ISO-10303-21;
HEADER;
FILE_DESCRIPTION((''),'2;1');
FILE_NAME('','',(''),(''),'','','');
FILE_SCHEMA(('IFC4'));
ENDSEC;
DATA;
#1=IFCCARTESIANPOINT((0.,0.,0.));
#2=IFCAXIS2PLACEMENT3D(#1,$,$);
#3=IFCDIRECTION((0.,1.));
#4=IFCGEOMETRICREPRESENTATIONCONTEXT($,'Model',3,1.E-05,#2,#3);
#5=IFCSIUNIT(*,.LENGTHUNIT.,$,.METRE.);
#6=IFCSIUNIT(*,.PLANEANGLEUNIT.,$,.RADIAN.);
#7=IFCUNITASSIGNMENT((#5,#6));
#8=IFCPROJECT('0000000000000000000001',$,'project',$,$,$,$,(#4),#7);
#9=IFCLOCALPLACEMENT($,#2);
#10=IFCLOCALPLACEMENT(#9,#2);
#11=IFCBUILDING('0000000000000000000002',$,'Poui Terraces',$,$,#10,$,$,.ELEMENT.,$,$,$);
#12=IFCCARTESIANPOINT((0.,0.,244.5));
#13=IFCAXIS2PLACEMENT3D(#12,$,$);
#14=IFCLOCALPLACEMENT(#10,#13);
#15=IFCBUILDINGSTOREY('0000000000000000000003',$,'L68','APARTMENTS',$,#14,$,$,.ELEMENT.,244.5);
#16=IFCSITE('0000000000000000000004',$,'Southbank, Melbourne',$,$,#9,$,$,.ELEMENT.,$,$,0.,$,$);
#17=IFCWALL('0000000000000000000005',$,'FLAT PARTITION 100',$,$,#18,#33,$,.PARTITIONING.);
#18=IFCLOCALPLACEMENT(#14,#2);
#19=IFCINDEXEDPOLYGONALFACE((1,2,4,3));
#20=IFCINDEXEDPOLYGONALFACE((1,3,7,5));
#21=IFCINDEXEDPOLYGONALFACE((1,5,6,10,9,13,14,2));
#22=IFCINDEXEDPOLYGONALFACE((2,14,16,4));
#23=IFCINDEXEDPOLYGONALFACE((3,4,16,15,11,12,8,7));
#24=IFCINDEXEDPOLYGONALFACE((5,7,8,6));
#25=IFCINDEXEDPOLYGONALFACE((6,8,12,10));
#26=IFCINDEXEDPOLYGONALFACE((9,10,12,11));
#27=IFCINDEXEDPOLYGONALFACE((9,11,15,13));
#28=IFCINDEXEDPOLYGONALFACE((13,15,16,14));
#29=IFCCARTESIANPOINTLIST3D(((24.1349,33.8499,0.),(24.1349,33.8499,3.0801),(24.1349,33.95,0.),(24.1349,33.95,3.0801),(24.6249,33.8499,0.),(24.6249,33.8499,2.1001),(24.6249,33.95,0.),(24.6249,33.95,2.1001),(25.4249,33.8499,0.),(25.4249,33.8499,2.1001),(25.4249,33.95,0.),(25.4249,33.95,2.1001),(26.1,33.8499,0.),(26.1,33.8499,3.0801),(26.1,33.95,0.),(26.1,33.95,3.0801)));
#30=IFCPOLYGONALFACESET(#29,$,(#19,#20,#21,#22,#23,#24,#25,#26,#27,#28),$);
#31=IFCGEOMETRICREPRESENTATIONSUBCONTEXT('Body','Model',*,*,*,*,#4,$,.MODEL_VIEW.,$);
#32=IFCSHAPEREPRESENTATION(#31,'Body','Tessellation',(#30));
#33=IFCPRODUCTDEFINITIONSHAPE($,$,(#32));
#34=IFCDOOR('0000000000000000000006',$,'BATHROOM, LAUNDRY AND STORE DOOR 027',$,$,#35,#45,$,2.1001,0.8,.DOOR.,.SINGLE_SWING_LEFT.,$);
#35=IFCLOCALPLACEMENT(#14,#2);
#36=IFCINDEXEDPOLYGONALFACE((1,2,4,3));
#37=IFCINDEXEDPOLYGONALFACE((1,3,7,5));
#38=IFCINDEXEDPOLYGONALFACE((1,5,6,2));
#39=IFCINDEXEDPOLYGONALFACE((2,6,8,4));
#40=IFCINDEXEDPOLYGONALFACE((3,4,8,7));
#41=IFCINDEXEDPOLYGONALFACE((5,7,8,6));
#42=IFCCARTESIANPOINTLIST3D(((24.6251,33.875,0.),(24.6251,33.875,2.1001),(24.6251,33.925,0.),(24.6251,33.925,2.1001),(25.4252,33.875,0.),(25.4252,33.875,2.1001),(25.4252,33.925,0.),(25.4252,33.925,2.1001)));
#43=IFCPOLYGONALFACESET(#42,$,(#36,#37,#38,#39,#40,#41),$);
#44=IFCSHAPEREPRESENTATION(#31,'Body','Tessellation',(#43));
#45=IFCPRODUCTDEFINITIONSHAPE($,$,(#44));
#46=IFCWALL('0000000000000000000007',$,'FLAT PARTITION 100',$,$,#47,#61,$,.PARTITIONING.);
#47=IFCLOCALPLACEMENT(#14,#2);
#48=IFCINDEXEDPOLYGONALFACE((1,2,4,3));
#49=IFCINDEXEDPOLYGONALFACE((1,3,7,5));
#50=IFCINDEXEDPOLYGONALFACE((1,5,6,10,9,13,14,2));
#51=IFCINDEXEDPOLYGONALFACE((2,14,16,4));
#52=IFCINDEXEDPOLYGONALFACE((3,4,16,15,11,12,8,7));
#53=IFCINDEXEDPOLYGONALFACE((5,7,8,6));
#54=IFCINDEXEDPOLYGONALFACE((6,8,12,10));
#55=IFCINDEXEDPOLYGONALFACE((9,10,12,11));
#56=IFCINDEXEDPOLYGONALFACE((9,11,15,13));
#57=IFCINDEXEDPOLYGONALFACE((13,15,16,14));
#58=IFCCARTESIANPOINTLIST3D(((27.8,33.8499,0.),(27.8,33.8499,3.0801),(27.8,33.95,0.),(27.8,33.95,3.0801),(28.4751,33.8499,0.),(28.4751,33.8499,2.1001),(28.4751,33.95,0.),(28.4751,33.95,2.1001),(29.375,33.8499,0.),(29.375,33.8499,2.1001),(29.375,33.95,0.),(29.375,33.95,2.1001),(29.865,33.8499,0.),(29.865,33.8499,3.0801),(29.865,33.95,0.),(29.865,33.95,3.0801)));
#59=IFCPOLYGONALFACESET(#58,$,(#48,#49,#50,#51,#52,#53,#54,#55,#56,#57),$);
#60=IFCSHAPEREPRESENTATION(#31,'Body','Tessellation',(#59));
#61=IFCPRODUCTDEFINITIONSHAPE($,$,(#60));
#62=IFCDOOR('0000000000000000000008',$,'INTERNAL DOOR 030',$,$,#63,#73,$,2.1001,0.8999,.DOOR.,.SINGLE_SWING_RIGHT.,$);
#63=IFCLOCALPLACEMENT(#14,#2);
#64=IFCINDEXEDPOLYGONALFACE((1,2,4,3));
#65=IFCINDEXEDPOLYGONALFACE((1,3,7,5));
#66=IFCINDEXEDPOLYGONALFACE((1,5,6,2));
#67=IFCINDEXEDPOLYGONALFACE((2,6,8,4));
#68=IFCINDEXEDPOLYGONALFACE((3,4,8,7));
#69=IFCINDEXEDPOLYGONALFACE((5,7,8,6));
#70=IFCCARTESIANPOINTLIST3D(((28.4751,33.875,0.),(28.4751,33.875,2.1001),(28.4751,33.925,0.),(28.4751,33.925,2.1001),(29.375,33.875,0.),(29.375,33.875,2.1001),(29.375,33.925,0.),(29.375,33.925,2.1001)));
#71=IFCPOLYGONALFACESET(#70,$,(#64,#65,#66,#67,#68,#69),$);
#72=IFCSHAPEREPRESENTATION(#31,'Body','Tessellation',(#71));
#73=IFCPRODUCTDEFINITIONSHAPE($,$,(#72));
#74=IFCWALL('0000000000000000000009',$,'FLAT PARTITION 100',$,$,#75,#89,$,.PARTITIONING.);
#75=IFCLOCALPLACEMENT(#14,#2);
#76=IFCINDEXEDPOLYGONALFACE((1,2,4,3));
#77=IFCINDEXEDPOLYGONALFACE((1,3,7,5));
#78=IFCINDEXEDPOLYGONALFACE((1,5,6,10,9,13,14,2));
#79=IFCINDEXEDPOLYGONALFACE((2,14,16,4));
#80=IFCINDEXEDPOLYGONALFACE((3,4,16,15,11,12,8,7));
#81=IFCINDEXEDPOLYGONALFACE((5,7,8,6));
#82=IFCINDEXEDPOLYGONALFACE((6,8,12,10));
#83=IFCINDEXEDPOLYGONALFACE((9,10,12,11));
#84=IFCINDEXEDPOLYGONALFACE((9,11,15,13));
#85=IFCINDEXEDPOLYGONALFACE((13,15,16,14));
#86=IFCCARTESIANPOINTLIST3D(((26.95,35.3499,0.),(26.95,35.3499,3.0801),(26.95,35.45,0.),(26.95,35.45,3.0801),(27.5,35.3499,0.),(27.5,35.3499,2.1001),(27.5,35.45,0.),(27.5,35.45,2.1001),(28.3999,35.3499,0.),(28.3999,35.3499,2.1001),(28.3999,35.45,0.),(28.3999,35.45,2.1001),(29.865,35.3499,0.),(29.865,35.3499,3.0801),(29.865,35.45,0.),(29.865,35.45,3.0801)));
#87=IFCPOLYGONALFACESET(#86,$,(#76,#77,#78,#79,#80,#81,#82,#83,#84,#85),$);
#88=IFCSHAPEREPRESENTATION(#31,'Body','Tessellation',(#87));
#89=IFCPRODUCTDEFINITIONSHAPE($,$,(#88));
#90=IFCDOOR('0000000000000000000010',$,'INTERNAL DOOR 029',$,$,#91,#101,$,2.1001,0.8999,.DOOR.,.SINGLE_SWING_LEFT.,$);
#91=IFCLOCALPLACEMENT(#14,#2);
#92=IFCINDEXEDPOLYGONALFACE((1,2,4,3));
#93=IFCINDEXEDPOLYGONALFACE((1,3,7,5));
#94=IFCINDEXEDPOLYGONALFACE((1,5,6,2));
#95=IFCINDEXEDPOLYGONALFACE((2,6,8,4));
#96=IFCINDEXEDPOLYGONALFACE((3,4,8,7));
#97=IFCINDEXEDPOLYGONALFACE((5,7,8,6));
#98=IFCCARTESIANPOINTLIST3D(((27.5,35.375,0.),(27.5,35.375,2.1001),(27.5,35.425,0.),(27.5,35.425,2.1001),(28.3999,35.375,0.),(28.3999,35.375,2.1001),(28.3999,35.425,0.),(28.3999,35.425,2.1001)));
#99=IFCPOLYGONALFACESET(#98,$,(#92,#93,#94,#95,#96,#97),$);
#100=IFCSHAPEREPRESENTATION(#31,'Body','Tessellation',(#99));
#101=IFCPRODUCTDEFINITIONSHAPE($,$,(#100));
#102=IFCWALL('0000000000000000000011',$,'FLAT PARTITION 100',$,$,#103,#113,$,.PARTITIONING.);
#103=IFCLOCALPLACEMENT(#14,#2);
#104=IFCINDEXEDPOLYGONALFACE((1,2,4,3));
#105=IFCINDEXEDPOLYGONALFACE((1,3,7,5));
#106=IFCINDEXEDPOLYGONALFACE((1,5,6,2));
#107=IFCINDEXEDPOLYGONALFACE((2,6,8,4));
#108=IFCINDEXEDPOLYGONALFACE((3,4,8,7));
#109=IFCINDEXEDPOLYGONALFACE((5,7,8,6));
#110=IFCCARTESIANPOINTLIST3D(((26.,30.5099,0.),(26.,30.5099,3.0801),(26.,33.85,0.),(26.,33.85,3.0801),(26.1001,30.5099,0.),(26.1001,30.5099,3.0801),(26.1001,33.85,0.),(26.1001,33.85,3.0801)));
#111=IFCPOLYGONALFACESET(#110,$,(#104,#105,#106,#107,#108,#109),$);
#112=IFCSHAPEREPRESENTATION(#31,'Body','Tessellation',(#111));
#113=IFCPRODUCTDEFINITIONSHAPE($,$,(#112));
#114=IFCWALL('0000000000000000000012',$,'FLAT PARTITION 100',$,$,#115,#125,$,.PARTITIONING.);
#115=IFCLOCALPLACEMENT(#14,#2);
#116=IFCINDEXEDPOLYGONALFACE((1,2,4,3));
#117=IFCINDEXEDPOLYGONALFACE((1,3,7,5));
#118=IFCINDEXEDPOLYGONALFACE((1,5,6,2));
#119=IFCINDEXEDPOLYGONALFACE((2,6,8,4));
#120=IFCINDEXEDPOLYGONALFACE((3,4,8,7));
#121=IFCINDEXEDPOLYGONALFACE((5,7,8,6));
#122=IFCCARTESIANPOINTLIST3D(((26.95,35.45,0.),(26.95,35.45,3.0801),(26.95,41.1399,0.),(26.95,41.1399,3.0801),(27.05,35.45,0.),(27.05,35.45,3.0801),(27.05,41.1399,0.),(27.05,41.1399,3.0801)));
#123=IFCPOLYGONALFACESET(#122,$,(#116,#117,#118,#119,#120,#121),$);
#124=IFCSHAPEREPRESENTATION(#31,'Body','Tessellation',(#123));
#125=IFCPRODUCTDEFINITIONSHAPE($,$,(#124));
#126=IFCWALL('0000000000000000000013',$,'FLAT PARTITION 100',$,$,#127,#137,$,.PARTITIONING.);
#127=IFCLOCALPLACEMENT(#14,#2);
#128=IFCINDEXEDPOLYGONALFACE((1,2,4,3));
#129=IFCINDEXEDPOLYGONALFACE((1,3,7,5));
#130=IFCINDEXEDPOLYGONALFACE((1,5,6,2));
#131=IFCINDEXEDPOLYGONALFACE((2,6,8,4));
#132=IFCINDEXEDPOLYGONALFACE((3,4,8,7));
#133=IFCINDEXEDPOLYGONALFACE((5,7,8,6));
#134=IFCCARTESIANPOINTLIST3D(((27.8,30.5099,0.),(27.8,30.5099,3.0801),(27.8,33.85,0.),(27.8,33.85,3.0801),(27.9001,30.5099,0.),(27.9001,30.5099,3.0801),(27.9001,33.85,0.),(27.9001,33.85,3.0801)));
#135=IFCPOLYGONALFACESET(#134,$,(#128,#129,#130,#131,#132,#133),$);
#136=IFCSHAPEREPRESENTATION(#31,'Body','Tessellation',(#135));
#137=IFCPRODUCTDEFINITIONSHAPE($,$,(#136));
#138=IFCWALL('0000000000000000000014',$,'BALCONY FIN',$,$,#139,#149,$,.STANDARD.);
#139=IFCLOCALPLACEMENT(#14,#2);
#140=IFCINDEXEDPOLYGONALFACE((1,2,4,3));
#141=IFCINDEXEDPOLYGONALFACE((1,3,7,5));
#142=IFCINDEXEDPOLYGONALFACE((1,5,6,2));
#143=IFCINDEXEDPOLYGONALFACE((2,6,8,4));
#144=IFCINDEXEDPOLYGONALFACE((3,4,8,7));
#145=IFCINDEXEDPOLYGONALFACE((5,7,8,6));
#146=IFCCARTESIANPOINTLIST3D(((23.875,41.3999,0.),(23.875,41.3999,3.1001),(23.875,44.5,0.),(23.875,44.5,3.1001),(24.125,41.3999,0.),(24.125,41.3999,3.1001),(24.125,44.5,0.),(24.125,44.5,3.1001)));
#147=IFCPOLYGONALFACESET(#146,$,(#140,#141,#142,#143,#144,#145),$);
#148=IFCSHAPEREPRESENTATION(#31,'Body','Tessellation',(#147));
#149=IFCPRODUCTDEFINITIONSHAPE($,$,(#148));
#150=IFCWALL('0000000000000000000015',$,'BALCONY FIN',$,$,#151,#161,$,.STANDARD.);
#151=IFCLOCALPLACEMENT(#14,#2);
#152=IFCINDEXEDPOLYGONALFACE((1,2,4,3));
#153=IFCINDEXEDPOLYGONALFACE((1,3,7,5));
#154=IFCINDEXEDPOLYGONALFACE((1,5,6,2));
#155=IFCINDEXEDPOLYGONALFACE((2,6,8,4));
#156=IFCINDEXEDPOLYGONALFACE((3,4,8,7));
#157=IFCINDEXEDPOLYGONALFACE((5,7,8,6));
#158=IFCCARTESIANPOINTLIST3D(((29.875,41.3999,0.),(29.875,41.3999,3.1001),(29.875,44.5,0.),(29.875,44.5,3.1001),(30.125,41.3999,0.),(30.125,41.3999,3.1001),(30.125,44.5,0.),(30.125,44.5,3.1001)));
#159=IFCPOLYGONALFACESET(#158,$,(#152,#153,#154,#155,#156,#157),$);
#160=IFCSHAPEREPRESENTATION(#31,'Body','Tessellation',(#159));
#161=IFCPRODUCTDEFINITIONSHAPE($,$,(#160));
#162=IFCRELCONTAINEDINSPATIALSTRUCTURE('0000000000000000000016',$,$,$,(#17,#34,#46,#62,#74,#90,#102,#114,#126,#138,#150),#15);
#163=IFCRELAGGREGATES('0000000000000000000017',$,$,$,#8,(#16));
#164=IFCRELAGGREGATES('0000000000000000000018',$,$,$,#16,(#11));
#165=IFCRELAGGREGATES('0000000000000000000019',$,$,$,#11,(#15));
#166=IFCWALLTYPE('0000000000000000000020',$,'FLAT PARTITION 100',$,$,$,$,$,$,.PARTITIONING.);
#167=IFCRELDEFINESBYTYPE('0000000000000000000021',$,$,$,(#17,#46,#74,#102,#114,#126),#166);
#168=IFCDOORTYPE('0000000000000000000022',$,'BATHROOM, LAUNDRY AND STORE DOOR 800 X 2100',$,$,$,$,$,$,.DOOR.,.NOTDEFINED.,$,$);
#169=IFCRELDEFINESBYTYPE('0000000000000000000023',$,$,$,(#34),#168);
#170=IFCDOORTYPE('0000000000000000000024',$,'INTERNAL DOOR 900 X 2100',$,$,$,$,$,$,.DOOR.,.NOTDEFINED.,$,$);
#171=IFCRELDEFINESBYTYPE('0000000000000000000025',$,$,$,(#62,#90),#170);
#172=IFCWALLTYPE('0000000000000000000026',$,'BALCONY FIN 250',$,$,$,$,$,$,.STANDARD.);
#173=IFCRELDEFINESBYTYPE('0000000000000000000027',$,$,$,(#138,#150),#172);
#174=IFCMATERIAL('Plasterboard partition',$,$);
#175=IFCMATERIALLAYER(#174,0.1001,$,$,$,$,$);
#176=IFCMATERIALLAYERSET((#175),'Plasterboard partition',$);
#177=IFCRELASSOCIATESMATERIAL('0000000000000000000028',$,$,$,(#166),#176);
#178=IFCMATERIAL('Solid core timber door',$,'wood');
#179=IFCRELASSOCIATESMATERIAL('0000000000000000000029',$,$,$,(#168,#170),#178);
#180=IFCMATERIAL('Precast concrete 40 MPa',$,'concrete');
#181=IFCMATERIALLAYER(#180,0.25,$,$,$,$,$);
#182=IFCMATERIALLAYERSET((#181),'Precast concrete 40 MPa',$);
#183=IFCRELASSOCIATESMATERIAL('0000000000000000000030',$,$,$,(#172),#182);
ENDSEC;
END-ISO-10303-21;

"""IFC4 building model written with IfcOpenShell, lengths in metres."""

from ifc_helpers import new_model, si_unit, direction, frame, frame_2d, origin, place, context, subcontext, project, spatial, polyline, rectangle, outline, extrude, source, transform, mapped, material, layer, layer_set, type_object, element, fill, save


model = new_model("IFC4")

# Units and contexts
model_context = context("Model", 3, precision=1e-05, world=origin(), true_north=direction((0.0, 1.0)))
body_context = subcontext(model_context, "Body", "Model", "MODEL_VIEW")
ifc_project = project(units=[si_unit("LENGTHUNIT", "METRE"), si_unit("PLANEANGLEUNIT", "RADIAN")], contexts=[model_context])

# Site, building, storey
site_placement = place(None, origin())
site = spatial("IfcSite", under=ifc_project, at=site_placement, Name="Southbank, Melbourne", CompositionType="ELEMENT", RefElevation=0.0)
building_placement = place(site_placement, origin())
building = spatial("IfcBuilding", under=site, at=building_placement, Name="Poui Terraces", CompositionType="ELEMENT")
storey_placement = place(building_placement, frame((0.0, 0.0, 244.5)))
storey = spatial("IfcBuildingStorey", under=building, at=storey_placement, Name="L68", Description="APARTMENTS", CompositionType="ELEMENT", Elevation=244.5)

# Walls, openings, doors
ifc_material_1 = material(Name="Plasterboard partition")
ifc_layer_1 = layer(ifc_material_1, 0.1001)
ifc_layer_set_1 = layer_set([ifc_layer_1], Name="Plasterboard partition")
wall_type_1 = type_object("IfcWallType", Name="FLAT PARTITION 100", PredefinedType="PARTITIONING", material=ifc_layer_set_1)
wall_1_placement = place(storey_placement, frame((24.135, 33.8999, 0.0), z_axis=(0.0, 0.0, 1.0), x_axis=(1.0, 0.0, 0.0)))
wall_1 = element("IfcWall", 1, at=wall_1_placement, inside=storey, type_object=wall_type_1, Name="FLAT PARTITION 100", PredefinedType="PARTITIONING", context=body_context, shape_type="SweptSolid", body=[
    extrude(rectangle(XDim=1.9651, YDim=0.1001, at=frame_2d((0.9824, 0.0))), origin(), (0.0, 0.0, 1.0), 3.0801),
])
opening_1_placement = place(wall_1_placement, frame((0.49, 0.0, 0.0)))
opening_1 = element("IfcOpeningElement", 2, at=opening_1_placement, cuts=wall_1, PredefinedType="OPENING", context=body_context, shape_type="SweptSolid", body=[
    extrude(rectangle(XDim=0.8, YDim=2.1001, at=frame_2d((0.3999, 1.05))), frame((0.0, 0.0601, 0.0), z_axis=(0.0, -1.0, 0.0), x_axis=(1.0, 0.0, 0.0)), (0.0, 0.0, 1.0), 0.1201),
])
ifc_material_2 = material(Name="Solid core timber door", Category="wood")
door_type_1 = type_object("IfcDoorType", Name="BATHROOM, LAUNDRY AND STORE DOOR 800 X 2100", OperationType="NOTDEFINED", PredefinedType="DOOR", material=ifc_material_2)
door_1_placement = place(opening_1_placement, frame((0.8, 0.0, 0.0), z_axis=(0.0, 0.0, 1.0), x_axis=(-1.0, 0.0, 0.0)))
door_1 = element("IfcDoor", 3, at=door_1_placement, inside=storey, type_object=door_type_1, Name="BATHROOM, LAUNDRY AND STORE DOOR 027", OperationType="SINGLE_SWING_LEFT", OverallHeight=2.1001, OverallWidth=0.8, PredefinedType="DOOR", context=body_context, shape_type="SweptSolid", body=[
    extrude(rectangle(XDim=0.8, YDim=2.1001, at=frame_2d((0.3999, 1.05))), frame((0.0, 0.0249, 0.0), z_axis=(0.0, -1.0, 0.0), x_axis=(1.0, 0.0, 0.0)), (0.0, 0.0, 1.0), 0.05),
])
fill(opening_1, door_1)
wall_2_placement = place(storey_placement, frame((27.8, 33.8999, 0.0), z_axis=(0.0, 0.0, 1.0), x_axis=(1.0, 0.0, 0.0)))
wall_2 = element("IfcWall", 4, at=wall_2_placement, inside=storey, type_object=wall_type_1, Name="FLAT PARTITION 100", PredefinedType="PARTITIONING", context=body_context, shape_type="SweptSolid", body=[
    extrude(rectangle(XDim=2.0649, YDim=0.1001, at=frame_2d((1.0325, 0.0))), origin(), (0.0, 0.0, 1.0), 3.0801),
])
opening_2_placement = place(wall_2_placement, frame((0.675, 0.0, 0.0)))
opening_2 = element("IfcOpeningElement", 5, at=opening_2_placement, cuts=wall_2, PredefinedType="OPENING", context=body_context, shape_type="SweptSolid", body=[
    extrude(rectangle(XDim=0.8999, YDim=2.1001, at=frame_2d((0.45, 1.05))), frame((0.0, 0.0601, 0.0), z_axis=(0.0, -1.0, 0.0), x_axis=(1.0, 0.0, 0.0)), (0.0, 0.0, 1.0), 0.1201),
])
door_type_2 = type_object("IfcDoorType", Name="INTERNAL DOOR 900 X 2100", OperationType="NOTDEFINED", PredefinedType="DOOR", material=ifc_material_2)
door_2_placement = place(opening_2_placement, frame((0.8999, 0.0, 0.0), z_axis=(0.0, 0.0, 1.0), x_axis=(-1.0, 0.0, 0.0)))
door_2 = element("IfcDoor", 6, at=door_2_placement, inside=storey, type_object=door_type_2, Name="INTERNAL DOOR 030", OperationType="SINGLE_SWING_RIGHT", OverallHeight=2.1001, OverallWidth=0.8999, PredefinedType="DOOR", context=body_context, shape_type="SweptSolid", body=[
    extrude(rectangle(XDim=0.8999, YDim=2.1001, at=frame_2d((0.45, 1.05))), frame((0.0, 0.0249, 0.0), z_axis=(0.0, -1.0, 0.0), x_axis=(1.0, 0.0, 0.0)), (0.0, 0.0, 1.0), 0.05),
])
fill(opening_2, door_2)
wall_3_placement = place(storey_placement, frame((26.95, 35.3999, 0.0), z_axis=(0.0, 0.0, 1.0), x_axis=(1.0, 0.0, 0.0)))
wall_3 = element("IfcWall", 7, at=wall_3_placement, inside=storey, type_object=wall_type_1, Name="FLAT PARTITION 100", PredefinedType="PARTITIONING", context=body_context, shape_type="SweptSolid", body=[
    extrude(rectangle(XDim=2.915, YDim=0.1001, at=frame_2d((1.4575, 0.0))), origin(), (0.0, 0.0, 1.0), 3.0801),
])
opening_3_placement = place(wall_3_placement, frame((0.55, 0.0, 0.0)))
opening_3 = element("IfcOpeningElement", 8, at=opening_3_placement, cuts=wall_3, PredefinedType="OPENING", context=body_context, shape_type="SweptSolid", body=[
    extrude(rectangle(XDim=0.8999, YDim=2.1001, at=frame_2d((0.45, 1.05))), frame((0.0, 0.0601, 0.0), z_axis=(0.0, -1.0, 0.0), x_axis=(1.0, 0.0, 0.0)), (0.0, 0.0, 1.0), 0.1201),
])
door_3_placement = place(opening_3_placement, frame((0.8999, 0.0, 0.0), z_axis=(0.0, 0.0, 1.0), x_axis=(-1.0, 0.0, 0.0)))
door_3 = element("IfcDoor", 9, at=door_3_placement, inside=storey, type_object=door_type_2, Name="INTERNAL DOOR 029", OperationType="SINGLE_SWING_LEFT", OverallHeight=2.1001, OverallWidth=0.8999, PredefinedType="DOOR", context=body_context, shape_type="SweptSolid", body=[
    extrude(rectangle(XDim=0.8999, YDim=2.1001, at=frame_2d((0.45, 1.05))), frame((0.0, 0.0249, 0.0), z_axis=(0.0, -1.0, 0.0), x_axis=(1.0, 0.0, 0.0)), (0.0, 0.0, 1.0), 0.05),
])
fill(opening_3, door_3)

# Walls
wall_4_placement = place(storey_placement, frame((26.05, 30.51, 0.0), z_axis=(0.0, 0.0, 1.0), x_axis=(0.0, 1.0, 0.0)))
element("IfcWall", 10, at=wall_4_placement, inside=storey, type_object=wall_type_1, Name="FLAT PARTITION 100", PredefinedType="PARTITIONING", context=body_context, shape_type="SweptSolid", body=[
    extrude(rectangle(XDim=3.3401, YDim=0.1001, at=frame_2d((1.6699, 0.0))), origin(), (0.0, 0.0, 1.0), 3.0801),
])
wall_5_placement = place(storey_placement, frame((27.0, 35.45, 0.0), z_axis=(0.0, 0.0, 1.0), x_axis=(0.0, 1.0, 0.0)))
element("IfcWall", 11, at=wall_5_placement, inside=storey, type_object=wall_type_1, Name="FLAT PARTITION 100", PredefinedType="PARTITIONING", context=body_context, shape_type="SweptSolid", body=[
    extrude(rectangle(XDim=5.6899, YDim=0.1001, at=frame_2d((2.845, 0.0))), origin(), (0.0, 0.0, 1.0), 3.0801),
])
wall_6_placement = place(storey_placement, frame((27.8501, 30.51, 0.0), z_axis=(0.0, 0.0, 1.0), x_axis=(0.0, 1.0, 0.0)))
element("IfcWall", 12, at=wall_6_placement, inside=storey, type_object=wall_type_1, Name="FLAT PARTITION 100", PredefinedType="PARTITIONING", context=body_context, shape_type="SweptSolid", body=[
    extrude(rectangle(XDim=3.3401, YDim=0.1001, at=frame_2d((1.6699, 0.0))), origin(), (0.0, 0.0, 1.0), 3.0801),
])
ifc_material_3 = material(Name="Precast concrete 40 MPa", Category="concrete")
ifc_layer_2 = layer(ifc_material_3, 0.25)
ifc_layer_set_2 = layer_set([ifc_layer_2], Name="Precast concrete 40 MPa")
wall_type_2 = type_object("IfcWallType", Name="BALCONY FIN 250", PredefinedType="STANDARD", material=ifc_layer_set_2)
shared_shape_1 = source(origin(), body_context, "Body", "SweptSolid", [
    extrude(outline(polyline([(0.0, 0.0), (0.25, 0.0), (0.25, 3.1001), (0.0, 3.1001), (0.0, 0.0)])), origin(), (0.0, 0.0, 1.0), 3.1001),
])
for number, where, name in (
    (13, (23.875, 41.3999, 0.0), "BALCONY FIN"),
    (14, (29.875, 41.3999, 0.0), "BALCONY FIN"),
):
    element("IfcWall", number, at=place(storey_placement, frame(where)), inside=storey, type_object=wall_type_2, Name=name, PredefinedType="STANDARD", context=body_context, shape_type="MappedRepresentation", body=[
        mapped(shared_shape_1, transform((0.0, 0.0, 0.0))),
    ])

save(model, "model.ifc")
